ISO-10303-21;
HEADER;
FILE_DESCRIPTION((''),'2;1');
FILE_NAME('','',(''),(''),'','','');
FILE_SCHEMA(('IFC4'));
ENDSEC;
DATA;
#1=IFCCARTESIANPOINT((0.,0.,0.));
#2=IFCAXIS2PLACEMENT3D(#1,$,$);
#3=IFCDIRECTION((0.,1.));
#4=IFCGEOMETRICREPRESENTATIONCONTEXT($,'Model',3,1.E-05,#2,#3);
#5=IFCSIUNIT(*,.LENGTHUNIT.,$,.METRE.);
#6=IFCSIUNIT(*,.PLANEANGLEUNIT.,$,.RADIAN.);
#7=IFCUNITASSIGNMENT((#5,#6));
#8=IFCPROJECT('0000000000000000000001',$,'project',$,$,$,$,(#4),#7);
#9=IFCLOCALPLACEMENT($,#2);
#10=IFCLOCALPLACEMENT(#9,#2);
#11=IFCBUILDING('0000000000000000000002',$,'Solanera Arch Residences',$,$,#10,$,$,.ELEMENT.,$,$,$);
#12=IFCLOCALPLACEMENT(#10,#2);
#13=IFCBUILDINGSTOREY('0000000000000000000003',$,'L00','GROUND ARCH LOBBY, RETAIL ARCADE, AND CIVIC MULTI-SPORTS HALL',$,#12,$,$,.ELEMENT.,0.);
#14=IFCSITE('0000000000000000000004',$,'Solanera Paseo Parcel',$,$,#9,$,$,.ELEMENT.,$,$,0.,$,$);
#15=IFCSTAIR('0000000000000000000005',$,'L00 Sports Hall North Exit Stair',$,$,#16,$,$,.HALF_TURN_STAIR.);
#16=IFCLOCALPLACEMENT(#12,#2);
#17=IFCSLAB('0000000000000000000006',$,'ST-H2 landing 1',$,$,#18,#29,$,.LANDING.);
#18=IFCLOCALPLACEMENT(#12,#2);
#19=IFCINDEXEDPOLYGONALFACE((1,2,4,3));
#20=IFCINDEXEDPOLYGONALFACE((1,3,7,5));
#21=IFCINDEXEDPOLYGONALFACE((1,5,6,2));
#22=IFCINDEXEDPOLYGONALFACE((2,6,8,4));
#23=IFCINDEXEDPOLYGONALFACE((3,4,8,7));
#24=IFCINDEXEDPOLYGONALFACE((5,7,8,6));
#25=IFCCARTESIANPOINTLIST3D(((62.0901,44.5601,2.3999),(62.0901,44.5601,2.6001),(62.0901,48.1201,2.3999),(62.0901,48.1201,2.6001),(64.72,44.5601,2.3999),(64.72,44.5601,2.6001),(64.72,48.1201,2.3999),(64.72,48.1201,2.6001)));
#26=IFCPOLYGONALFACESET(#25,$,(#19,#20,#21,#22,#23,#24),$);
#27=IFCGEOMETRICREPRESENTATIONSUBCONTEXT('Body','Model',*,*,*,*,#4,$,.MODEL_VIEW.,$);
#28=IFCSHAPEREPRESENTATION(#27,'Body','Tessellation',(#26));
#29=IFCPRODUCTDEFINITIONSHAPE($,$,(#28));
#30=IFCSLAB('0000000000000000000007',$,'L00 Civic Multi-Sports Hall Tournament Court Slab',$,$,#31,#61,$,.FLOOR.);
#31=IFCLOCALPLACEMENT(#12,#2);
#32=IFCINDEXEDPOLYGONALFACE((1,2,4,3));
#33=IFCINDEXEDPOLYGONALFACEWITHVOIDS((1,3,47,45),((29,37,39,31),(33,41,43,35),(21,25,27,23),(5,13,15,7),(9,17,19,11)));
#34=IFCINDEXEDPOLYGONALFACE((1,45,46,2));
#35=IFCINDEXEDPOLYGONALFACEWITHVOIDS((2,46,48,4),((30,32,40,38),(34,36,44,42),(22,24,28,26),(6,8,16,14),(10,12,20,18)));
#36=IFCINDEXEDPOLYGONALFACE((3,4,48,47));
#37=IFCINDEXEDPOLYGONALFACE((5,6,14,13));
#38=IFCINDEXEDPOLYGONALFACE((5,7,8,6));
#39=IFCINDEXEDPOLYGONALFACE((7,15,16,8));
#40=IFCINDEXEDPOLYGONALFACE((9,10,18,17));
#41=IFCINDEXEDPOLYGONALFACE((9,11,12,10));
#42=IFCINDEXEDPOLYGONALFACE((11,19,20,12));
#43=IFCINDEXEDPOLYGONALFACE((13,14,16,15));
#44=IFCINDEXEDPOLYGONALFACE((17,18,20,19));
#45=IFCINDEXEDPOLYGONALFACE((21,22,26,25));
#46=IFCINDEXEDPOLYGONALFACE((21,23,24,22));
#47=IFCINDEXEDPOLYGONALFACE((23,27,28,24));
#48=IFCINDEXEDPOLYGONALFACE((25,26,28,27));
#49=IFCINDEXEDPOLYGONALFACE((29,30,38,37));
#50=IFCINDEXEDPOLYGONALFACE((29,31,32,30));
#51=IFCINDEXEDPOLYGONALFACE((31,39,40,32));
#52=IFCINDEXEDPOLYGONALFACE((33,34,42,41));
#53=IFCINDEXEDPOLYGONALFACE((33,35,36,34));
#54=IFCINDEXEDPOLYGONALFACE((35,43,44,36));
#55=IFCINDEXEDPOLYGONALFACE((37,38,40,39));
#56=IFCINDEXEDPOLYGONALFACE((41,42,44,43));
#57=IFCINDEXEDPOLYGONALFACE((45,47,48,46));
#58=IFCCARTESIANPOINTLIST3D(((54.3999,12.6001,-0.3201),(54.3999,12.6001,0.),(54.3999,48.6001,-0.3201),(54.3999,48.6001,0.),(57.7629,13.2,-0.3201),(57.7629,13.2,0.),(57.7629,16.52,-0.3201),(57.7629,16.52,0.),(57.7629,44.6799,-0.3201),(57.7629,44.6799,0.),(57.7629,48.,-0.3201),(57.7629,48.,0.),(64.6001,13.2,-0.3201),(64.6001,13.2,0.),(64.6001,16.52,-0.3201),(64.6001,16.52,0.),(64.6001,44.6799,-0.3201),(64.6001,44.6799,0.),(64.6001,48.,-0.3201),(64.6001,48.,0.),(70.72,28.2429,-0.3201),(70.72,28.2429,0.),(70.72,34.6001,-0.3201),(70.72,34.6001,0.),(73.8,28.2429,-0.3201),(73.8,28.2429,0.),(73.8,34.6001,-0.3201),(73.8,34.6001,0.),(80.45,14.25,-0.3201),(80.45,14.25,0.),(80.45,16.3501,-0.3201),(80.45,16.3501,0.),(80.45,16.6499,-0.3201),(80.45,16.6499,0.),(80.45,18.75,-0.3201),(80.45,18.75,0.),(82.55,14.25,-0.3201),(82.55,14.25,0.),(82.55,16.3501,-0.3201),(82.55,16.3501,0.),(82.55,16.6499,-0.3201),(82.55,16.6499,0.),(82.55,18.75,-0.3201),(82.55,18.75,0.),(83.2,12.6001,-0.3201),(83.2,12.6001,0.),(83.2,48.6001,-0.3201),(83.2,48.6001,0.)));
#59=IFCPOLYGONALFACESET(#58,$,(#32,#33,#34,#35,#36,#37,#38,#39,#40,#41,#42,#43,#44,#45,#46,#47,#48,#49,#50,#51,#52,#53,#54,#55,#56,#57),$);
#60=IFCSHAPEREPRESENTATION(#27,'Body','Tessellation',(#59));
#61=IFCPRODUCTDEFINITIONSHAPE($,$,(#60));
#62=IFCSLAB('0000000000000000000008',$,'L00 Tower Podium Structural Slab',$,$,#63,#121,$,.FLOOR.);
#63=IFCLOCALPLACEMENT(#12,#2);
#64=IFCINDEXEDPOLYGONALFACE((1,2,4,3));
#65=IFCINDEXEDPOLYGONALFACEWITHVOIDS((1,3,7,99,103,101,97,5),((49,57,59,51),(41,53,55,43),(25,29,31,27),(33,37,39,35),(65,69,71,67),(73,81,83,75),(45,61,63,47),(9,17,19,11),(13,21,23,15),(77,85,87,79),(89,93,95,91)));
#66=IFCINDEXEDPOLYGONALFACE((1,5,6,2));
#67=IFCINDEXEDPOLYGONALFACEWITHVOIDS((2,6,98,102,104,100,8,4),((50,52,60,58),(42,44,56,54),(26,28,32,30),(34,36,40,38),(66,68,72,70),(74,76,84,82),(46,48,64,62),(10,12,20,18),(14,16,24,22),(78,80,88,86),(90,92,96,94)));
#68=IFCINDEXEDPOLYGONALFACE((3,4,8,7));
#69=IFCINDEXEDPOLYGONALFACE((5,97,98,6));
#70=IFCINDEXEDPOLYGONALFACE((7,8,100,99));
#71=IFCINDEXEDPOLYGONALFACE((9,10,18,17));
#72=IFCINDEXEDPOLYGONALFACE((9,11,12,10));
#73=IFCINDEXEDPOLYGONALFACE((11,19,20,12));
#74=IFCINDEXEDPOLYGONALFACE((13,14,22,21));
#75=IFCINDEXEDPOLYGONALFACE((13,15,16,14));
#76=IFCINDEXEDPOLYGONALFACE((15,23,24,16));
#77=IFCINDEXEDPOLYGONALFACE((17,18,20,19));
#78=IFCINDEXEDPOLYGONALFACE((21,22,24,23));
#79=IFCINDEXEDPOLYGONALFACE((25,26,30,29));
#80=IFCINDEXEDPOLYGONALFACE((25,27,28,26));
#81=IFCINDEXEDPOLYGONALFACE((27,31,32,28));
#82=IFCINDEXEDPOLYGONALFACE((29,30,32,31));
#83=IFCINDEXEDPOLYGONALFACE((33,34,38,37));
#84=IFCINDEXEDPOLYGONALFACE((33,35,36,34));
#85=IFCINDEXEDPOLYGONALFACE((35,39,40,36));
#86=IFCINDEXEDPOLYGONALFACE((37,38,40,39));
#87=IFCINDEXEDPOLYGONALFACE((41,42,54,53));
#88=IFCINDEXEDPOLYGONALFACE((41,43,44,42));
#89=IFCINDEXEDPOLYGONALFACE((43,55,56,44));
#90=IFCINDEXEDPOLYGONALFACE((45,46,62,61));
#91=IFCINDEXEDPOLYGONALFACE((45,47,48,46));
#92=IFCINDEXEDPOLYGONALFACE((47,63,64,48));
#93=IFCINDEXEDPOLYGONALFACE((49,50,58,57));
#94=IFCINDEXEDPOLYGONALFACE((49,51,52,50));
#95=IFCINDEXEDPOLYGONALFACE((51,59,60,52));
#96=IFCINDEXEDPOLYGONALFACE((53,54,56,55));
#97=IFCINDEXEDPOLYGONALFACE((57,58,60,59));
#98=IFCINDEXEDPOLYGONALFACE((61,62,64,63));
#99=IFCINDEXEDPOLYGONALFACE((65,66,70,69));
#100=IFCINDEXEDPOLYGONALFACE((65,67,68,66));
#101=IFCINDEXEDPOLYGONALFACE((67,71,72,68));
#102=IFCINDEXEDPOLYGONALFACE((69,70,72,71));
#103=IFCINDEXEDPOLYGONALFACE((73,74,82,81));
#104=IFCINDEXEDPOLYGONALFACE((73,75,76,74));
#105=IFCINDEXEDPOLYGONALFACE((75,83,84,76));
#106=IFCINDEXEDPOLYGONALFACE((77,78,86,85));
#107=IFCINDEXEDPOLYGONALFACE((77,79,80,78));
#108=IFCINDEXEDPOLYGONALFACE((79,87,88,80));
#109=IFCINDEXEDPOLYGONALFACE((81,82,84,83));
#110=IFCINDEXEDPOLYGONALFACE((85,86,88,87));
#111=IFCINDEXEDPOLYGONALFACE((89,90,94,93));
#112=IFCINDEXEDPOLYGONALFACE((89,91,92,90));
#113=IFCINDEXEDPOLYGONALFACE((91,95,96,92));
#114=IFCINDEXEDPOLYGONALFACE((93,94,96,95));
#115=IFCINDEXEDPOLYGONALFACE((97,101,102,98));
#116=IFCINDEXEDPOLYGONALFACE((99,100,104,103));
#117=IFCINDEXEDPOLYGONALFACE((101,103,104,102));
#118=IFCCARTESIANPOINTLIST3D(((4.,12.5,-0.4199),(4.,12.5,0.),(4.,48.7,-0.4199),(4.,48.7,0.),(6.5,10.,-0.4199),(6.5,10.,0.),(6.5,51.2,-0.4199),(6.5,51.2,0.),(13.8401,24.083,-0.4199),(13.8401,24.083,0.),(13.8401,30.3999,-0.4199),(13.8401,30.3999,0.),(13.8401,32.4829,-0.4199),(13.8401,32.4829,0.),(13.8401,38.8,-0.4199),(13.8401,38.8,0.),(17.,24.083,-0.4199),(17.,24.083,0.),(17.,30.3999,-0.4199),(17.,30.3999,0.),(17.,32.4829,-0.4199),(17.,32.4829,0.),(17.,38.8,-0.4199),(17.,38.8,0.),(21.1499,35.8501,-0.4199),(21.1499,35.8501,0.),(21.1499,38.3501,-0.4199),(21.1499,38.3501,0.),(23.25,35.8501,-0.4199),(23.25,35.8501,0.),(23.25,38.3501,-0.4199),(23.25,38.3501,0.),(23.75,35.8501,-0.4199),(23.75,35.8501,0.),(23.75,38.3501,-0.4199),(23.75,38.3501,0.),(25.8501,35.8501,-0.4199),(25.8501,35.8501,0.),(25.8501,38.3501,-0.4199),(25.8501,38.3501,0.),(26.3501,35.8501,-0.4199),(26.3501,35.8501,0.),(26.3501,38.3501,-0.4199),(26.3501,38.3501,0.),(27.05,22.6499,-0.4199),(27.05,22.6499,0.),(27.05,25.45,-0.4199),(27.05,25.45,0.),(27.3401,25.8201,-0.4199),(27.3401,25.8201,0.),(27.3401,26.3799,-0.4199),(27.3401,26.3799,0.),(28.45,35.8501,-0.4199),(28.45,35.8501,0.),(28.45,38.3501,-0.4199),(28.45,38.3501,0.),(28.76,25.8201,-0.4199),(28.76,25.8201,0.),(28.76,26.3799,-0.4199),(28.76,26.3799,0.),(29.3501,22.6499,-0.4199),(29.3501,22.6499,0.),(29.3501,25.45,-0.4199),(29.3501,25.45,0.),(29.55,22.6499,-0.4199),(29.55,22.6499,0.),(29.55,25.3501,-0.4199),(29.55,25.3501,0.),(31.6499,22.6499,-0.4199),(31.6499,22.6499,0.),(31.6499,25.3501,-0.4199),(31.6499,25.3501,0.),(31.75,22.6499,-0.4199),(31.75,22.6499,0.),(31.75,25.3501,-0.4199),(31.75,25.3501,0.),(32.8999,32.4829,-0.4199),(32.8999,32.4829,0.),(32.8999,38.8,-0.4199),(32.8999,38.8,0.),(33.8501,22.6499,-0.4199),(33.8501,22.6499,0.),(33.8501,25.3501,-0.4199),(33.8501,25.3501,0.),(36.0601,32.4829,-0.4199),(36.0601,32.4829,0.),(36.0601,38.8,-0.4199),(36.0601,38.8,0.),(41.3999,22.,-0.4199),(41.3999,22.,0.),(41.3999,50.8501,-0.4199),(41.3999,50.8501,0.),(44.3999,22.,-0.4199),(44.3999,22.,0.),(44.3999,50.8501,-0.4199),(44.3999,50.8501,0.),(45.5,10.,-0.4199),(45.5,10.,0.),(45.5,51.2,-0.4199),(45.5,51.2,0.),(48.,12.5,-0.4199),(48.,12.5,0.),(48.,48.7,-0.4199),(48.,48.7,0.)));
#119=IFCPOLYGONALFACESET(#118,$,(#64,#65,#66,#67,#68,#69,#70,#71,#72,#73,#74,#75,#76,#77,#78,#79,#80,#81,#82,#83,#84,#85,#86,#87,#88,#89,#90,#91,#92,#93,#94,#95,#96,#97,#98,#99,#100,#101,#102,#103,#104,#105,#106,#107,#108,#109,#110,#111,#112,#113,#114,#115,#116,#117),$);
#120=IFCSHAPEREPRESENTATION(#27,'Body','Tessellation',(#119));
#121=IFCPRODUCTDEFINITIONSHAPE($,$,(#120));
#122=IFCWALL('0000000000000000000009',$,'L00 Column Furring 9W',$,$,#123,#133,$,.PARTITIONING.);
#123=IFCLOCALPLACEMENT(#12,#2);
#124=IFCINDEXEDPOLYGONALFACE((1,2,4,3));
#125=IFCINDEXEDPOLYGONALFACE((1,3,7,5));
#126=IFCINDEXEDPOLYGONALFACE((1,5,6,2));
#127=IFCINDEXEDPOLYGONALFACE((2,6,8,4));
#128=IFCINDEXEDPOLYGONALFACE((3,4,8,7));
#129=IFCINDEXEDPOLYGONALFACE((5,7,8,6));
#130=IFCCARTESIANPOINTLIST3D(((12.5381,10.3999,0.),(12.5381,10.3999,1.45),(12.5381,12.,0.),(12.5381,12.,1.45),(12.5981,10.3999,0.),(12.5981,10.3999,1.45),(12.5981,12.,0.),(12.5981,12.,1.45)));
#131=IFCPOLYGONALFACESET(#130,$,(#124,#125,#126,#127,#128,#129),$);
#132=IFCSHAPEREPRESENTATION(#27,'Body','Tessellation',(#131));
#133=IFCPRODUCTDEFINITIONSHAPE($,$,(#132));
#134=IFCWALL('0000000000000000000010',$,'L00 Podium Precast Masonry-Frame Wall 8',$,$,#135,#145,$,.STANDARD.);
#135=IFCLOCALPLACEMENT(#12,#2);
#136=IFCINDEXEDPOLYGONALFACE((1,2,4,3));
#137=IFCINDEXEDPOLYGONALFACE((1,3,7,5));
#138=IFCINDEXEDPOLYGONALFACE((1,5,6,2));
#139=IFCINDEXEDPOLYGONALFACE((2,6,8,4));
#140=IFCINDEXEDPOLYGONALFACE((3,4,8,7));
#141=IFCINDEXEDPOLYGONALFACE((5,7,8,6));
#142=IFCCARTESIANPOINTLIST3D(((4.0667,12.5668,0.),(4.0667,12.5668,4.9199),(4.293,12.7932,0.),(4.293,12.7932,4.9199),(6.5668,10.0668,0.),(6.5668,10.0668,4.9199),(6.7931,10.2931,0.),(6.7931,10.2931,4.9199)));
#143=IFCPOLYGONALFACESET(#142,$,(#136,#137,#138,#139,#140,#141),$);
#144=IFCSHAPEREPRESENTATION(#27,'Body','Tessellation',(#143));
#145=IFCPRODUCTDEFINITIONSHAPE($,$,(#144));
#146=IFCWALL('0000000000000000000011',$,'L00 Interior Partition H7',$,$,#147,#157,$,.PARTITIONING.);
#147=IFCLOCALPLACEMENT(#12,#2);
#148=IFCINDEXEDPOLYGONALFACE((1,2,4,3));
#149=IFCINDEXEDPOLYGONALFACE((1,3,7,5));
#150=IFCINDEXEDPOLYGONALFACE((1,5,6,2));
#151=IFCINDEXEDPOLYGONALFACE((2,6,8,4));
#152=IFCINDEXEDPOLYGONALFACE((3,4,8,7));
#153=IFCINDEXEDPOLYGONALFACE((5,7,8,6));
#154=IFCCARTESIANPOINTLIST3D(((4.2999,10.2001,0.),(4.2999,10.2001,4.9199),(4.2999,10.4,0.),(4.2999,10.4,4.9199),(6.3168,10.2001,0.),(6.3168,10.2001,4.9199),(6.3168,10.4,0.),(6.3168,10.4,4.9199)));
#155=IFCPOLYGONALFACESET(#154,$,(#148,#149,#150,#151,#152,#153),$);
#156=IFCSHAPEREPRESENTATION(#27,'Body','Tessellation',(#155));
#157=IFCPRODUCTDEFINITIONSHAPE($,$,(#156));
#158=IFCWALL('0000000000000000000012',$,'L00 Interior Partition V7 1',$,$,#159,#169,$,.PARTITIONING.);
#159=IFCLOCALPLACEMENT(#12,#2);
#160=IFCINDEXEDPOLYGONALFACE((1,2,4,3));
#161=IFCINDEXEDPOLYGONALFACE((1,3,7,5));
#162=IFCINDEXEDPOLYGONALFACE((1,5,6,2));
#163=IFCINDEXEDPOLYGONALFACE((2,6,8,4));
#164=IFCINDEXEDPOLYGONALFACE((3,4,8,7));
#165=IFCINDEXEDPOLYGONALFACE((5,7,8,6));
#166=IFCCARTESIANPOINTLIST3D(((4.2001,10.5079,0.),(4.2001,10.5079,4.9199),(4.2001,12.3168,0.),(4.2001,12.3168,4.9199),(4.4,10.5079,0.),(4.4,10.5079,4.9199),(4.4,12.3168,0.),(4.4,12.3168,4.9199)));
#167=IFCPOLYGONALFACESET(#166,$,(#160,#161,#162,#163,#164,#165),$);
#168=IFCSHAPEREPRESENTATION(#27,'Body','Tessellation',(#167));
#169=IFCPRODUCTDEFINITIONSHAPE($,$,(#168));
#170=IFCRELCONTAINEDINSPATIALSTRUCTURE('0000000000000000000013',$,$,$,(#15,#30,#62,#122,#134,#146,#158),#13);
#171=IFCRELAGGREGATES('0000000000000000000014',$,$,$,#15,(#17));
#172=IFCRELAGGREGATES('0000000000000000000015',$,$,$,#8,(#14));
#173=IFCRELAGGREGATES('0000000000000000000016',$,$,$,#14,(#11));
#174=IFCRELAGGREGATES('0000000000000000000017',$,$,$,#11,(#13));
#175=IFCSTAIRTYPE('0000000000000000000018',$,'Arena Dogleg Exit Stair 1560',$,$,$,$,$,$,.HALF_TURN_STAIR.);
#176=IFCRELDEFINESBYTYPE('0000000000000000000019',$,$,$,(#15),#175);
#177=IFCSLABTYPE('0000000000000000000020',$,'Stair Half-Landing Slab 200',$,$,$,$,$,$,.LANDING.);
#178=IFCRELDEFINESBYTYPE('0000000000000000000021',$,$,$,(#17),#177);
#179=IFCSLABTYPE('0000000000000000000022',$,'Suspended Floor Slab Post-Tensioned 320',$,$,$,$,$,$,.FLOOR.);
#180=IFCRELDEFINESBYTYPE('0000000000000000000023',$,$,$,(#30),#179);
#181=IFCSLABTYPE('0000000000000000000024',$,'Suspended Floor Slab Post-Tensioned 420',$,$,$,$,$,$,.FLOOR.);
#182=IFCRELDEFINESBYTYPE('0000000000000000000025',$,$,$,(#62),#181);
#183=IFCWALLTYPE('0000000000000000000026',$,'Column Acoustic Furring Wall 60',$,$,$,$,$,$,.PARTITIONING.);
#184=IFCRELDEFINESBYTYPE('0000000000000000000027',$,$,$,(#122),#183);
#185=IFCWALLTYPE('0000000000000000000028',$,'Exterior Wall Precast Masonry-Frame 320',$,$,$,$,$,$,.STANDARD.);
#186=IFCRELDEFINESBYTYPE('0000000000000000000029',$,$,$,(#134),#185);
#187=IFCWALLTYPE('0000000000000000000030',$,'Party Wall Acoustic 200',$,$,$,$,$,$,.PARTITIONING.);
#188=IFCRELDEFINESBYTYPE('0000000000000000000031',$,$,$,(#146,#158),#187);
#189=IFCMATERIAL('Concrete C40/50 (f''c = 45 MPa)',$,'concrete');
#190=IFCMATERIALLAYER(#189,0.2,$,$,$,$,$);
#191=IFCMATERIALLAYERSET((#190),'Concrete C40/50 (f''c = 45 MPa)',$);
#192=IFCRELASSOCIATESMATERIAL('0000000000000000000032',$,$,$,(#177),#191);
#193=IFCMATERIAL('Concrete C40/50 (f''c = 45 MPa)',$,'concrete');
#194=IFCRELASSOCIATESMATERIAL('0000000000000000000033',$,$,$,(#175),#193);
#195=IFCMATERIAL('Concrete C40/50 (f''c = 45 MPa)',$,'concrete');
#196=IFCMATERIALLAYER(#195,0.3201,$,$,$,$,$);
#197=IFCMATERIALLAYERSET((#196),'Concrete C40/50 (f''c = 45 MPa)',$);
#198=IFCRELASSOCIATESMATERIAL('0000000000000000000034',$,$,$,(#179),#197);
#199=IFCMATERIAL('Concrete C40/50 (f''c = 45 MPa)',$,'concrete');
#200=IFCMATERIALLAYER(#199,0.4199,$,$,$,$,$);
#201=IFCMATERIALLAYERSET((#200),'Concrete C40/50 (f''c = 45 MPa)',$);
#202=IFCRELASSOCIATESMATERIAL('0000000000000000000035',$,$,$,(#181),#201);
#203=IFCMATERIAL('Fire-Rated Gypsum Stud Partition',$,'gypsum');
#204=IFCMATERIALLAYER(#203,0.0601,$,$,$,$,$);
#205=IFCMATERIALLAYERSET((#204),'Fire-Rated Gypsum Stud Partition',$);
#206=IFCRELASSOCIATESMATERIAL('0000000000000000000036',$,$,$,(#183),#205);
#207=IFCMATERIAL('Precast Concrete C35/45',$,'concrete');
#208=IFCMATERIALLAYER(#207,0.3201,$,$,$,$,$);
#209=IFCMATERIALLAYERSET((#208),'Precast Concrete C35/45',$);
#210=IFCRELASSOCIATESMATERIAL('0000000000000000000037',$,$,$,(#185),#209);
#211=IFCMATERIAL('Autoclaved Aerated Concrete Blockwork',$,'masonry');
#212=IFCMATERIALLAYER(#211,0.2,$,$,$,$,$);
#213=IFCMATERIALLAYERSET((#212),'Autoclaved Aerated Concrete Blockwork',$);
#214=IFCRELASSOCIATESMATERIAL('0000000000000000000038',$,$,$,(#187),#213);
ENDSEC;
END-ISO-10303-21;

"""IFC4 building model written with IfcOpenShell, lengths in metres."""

from ifc_helpers import new_model, si_unit, direction, frame, frame_2d, origin, place, context, subcontext, project, spatial, polyline, rectangle, outline, extrude, material, layer, layer_set, type_object, element, aggregate, save


model = new_model("IFC4")

# Units and contexts
model_context = context("Model", 3, precision=1e-05, world=origin(), true_north=direction((0.0, 1.0)))
body_context = subcontext(model_context, "Body", "Model", "MODEL_VIEW")
ifc_project = project(units=[si_unit("LENGTHUNIT", "METRE"), si_unit("PLANEANGLEUNIT", "RADIAN")], contexts=[model_context])

# Site, building, storey
site_placement = place(None, origin())
site = spatial("IfcSite", under=ifc_project, at=site_placement, Name="Solanera Paseo Parcel", CompositionType="ELEMENT", RefElevation=0.0)
building_placement = place(site_placement, origin())
building = spatial("IfcBuilding", under=site, at=building_placement, Name="Solanera Arch Residences", CompositionType="ELEMENT")
storey_placement = place(building_placement, origin())
storey = spatial("IfcBuildingStorey", under=building, at=storey_placement, Name="L00", Description="GROUND ARCH LOBBY, RETAIL ARCADE, AND CIVIC MULTI-SPORTS HALL", CompositionType="ELEMENT", Elevation=0.0)

# Stair, slab
ifc_material_1 = material(Name="Concrete C40/50 (f'c = 45 MPa)", Category="concrete")
ifc_layer_1 = layer(ifc_material_1, 0.2)
ifc_layer_set_1 = layer_set([ifc_layer_1], Name="Concrete C40/50 (f'c = 45 MPa)")
slab_type_1 = type_object("IfcSlabType", Name="Stair Half-Landing Slab 200", PredefinedType="LANDING", material=ifc_layer_set_1)
ifc_material_2 = material(Name="Concrete C40/50 (f'c = 45 MPa)", Category="concrete")
stair_type_1 = type_object("IfcStairType", Name="Arena Dogleg Exit Stair 1560", PredefinedType="HALF_TURN_STAIR", material=ifc_material_2)
stair_1_placement = place(storey_placement, origin())
stair_1 = element("IfcStair", 1, at=stair_1_placement, inside=storey, type_object=stair_type_1, Name="L00 Sports Hall North Exit Stair", PredefinedType="HALF_TURN_STAIR")
slab_1_placement = place(storey_placement, frame((0.0, 0.0, 2.3999)))
slab_1 = element("IfcSlab", 2, at=slab_1_placement, type_object=slab_type_1, Name="ST-H2 landing 1", PredefinedType="LANDING", context=body_context, shape_type="SweptSolid", body=[
    extrude(outline(polyline([(62.0901, 44.5601), (64.72, 44.5601), (64.72, 48.1201), (62.0901, 48.1201), (62.0901, 44.5601)])), origin(), (0.0, 0.0, 1.0), 0.2002),
])
aggregate(stair_1, [slab_1])

# Slabs
ifc_material_3 = material(Name="Concrete C40/50 (f'c = 45 MPa)", Category="concrete")
ifc_layer_2 = layer(ifc_material_3, 0.3201)
ifc_layer_set_2 = layer_set([ifc_layer_2], Name="Concrete C40/50 (f'c = 45 MPa)")
slab_type_2 = type_object("IfcSlabType", Name="Suspended Floor Slab Post-Tensioned 320", PredefinedType="FLOOR", material=ifc_layer_set_2)
slab_2_placement = place(storey_placement, frame((0.0, 0.0, -0.3201)))
element("IfcSlab", 3, at=slab_2_placement, inside=storey, type_object=slab_type_2, Name="L00 Civic Multi-Sports Hall Tournament Court Slab", PredefinedType="FLOOR", context=body_context, shape_type="SweptSolid", body=[
    extrude(outline(polyline([(54.3999, 12.6001), (83.2, 12.6001), (83.2, 48.6001), (54.3999, 48.6001), (54.3999, 12.6001)]), holes=[polyline([(57.7629, 16.52), (64.6001, 16.52), (64.6001, 13.2), (57.7629, 13.2), (57.7629, 16.52)]), polyline([(57.7629, 48.0), (64.6001, 48.0), (64.6001, 44.6799), (57.7629, 44.6799), (57.7629, 48.0)]), polyline([(70.72, 28.2429), (70.72, 34.6001), (73.8, 34.6001), (73.8, 28.2429), (70.72, 28.2429)]), polyline([(80.45, 16.3501), (82.55, 16.3501), (82.55, 14.25), (80.45, 14.25), (80.45, 16.3501)]), polyline([(80.45, 18.75), (82.55, 18.75), (82.55, 16.6499), (80.45, 16.6499), (80.45, 18.75)])]), origin(), (0.0, 0.0, 1.0), 0.3201),
])
ifc_material_4 = material(Name="Concrete C40/50 (f'c = 45 MPa)", Category="concrete")
ifc_layer_3 = layer(ifc_material_4, 0.4199)
ifc_layer_set_3 = layer_set([ifc_layer_3], Name="Concrete C40/50 (f'c = 45 MPa)")
slab_type_3 = type_object("IfcSlabType", Name="Suspended Floor Slab Post-Tensioned 420", PredefinedType="FLOOR", material=ifc_layer_set_3)
slab_3_placement = place(storey_placement, frame((0.0, 0.0, -0.4199)))
element("IfcSlab", 4, at=slab_3_placement, inside=storey, type_object=slab_type_3, Name="L00 Tower Podium Structural Slab", PredefinedType="FLOOR", context=body_context, shape_type="SweptSolid", body=[
    extrude(outline(polyline([(6.5, 10.0), (45.5, 10.0), (48.0, 12.5), (48.0, 48.7), (45.5, 51.2), (6.5, 51.2), (4.0, 48.7), (4.0, 12.5), (6.5, 10.0)]), holes=[polyline([(13.8401, 32.4829), (13.8401, 38.8), (17.0, 38.8), (17.0, 32.4829), (13.8401, 32.4829)]), polyline([(32.8999, 32.4829), (32.8999, 38.8), (36.0601, 38.8), (36.0601, 32.4829), (32.8999, 32.4829)]), polyline([(13.8401, 24.083), (13.8401, 30.3999), (17.0, 30.3999), (17.0, 24.083), (13.8401, 24.083)]), polyline([(21.1499, 38.3501), (23.25, 38.3501), (23.25, 35.8501), (21.1499, 35.8501), (21.1499, 38.3501)]), polyline([(23.75, 38.3501), (25.8501, 38.3501), (25.8501, 35.8501), (23.75, 35.8501), (23.75, 38.3501)]), polyline([(26.3501, 38.3501), (28.45, 38.3501), (28.45, 35.8501), (26.3501, 35.8501), (26.3501, 38.3501)]), polyline([(29.55, 25.3501), (31.6499, 25.3501), (31.6499, 22.6499), (29.55, 22.6499), (29.55, 25.3501)]), polyline([(31.75, 25.3501), (33.8501, 25.3501), (33.8501, 22.6499), (31.75, 22.6499), (31.75, 25.3501)]), polyline([(27.05, 25.45), (29.3501, 25.45), (29.3501, 22.6499), (27.05, 22.6499), (27.05, 25.45)]), polyline([(27.3401, 26.3799), (28.76, 26.3799), (28.76, 25.8201), (27.3401, 25.8201), (27.3401, 26.3799)]), polyline([(41.3999, 50.8501), (44.3999, 50.8501), (44.3999, 22.0), (41.3999, 22.0), (41.3999, 50.8501)])]), origin(), (0.0, 0.0, 1.0), 0.4199),
])

# Walls
ifc_material_5 = material(Name="Fire-Rated Gypsum Stud Partition", Category="gypsum")
ifc_layer_4 = layer(ifc_material_5, 0.0601)
ifc_layer_set_4 = layer_set([ifc_layer_4], Name="Fire-Rated Gypsum Stud Partition")
wall_type_1 = type_object("IfcWallType", Name="Column Acoustic Furring Wall 60", PredefinedType="PARTITIONING", material=ifc_layer_set_4)
wall_1_placement = place(storey_placement, frame((12.5681, 10.3999, 0.0), z_axis=(0.0, 0.0, 1.0), x_axis=(0.0, 1.0, 0.0)))
element("IfcWall", 5, at=wall_1_placement, inside=storey, type_object=wall_type_1, Name="L00 Column Furring 9W", PredefinedType="PARTITIONING", context=body_context, shape_type="SweptSolid", body=[
    extrude(rectangle(XDim=1.6001, YDim=0.0601, at=frame_2d((0.8, 0.0))), origin(), (0.0, 0.0, 1.0), 1.45),
])
ifc_material_6 = material(Name="Precast Concrete C35/45", Category="concrete")
ifc_layer_5 = layer(ifc_material_6, 0.3201)
ifc_layer_set_5 = layer_set([ifc_layer_5], Name="Precast Concrete C35/45")
wall_type_2 = type_object("IfcWallType", Name="Exterior Wall Precast Masonry-Frame 320", PredefinedType="STANDARD", material=ifc_layer_set_5)
wall_2_placement = place(storey_placement, frame((6.6799, 10.1799, 0.0), z_axis=(0.0, 0.0, 1.0), x_axis=(-0.707107, 0.707107, 0.0)))
element("IfcWall", 6, at=wall_2_placement, inside=storey, type_object=wall_type_2, Name="L00 Podium Precast Masonry-Frame Wall 8", PredefinedType="STANDARD", context=body_context, shape_type="SweptSolid", body=[
    extrude(rectangle(XDim=3.5356, YDim=0.3201, at=frame_2d((1.7678, 0.0))), origin(), (0.0, 0.0, 1.0), 4.9199),
])
ifc_material_7 = material(Name="Autoclaved Aerated Concrete Blockwork", Category="masonry")
ifc_layer_6 = layer(ifc_material_7, 0.2)
ifc_layer_set_6 = layer_set([ifc_layer_6], Name="Autoclaved Aerated Concrete Blockwork")
wall_type_3 = type_object("IfcWallType", Name="Party Wall Acoustic 200", PredefinedType="PARTITIONING", material=ifc_layer_set_6)
wall_3_placement = place(storey_placement, frame((4.3, 10.3, 0.0), z_axis=(0.0, 0.0, 1.0), x_axis=(1.0, 0.0, 0.0)))
element("IfcWall", 7, at=wall_3_placement, inside=storey, type_object=wall_type_3, Name="L00 Interior Partition H7", PredefinedType="PARTITIONING", context=body_context, shape_type="SweptSolid", body=[
    extrude(rectangle(XDim=2.0168, YDim=0.2, at=frame_2d((1.0083, 0.0))), origin(), (0.0, 0.0, 1.0), 4.9199),
])
wall_4_placement = place(storey_placement, frame((4.3, 10.5081, 0.0), z_axis=(0.0, 0.0, 1.0), x_axis=(0.0, 1.0, 0.0)))
element("IfcWall", 8, at=wall_4_placement, inside=storey, type_object=wall_type_3, Name="L00 Interior Partition V7 1", PredefinedType="PARTITIONING", context=body_context, shape_type="SweptSolid", body=[
    extrude(rectangle(XDim=1.8088, YDim=0.2, at=frame_2d((0.9043, 0.0))), origin(), (0.0, 0.0, 1.0), 4.9199),
])

save(model, "model.ifc")
